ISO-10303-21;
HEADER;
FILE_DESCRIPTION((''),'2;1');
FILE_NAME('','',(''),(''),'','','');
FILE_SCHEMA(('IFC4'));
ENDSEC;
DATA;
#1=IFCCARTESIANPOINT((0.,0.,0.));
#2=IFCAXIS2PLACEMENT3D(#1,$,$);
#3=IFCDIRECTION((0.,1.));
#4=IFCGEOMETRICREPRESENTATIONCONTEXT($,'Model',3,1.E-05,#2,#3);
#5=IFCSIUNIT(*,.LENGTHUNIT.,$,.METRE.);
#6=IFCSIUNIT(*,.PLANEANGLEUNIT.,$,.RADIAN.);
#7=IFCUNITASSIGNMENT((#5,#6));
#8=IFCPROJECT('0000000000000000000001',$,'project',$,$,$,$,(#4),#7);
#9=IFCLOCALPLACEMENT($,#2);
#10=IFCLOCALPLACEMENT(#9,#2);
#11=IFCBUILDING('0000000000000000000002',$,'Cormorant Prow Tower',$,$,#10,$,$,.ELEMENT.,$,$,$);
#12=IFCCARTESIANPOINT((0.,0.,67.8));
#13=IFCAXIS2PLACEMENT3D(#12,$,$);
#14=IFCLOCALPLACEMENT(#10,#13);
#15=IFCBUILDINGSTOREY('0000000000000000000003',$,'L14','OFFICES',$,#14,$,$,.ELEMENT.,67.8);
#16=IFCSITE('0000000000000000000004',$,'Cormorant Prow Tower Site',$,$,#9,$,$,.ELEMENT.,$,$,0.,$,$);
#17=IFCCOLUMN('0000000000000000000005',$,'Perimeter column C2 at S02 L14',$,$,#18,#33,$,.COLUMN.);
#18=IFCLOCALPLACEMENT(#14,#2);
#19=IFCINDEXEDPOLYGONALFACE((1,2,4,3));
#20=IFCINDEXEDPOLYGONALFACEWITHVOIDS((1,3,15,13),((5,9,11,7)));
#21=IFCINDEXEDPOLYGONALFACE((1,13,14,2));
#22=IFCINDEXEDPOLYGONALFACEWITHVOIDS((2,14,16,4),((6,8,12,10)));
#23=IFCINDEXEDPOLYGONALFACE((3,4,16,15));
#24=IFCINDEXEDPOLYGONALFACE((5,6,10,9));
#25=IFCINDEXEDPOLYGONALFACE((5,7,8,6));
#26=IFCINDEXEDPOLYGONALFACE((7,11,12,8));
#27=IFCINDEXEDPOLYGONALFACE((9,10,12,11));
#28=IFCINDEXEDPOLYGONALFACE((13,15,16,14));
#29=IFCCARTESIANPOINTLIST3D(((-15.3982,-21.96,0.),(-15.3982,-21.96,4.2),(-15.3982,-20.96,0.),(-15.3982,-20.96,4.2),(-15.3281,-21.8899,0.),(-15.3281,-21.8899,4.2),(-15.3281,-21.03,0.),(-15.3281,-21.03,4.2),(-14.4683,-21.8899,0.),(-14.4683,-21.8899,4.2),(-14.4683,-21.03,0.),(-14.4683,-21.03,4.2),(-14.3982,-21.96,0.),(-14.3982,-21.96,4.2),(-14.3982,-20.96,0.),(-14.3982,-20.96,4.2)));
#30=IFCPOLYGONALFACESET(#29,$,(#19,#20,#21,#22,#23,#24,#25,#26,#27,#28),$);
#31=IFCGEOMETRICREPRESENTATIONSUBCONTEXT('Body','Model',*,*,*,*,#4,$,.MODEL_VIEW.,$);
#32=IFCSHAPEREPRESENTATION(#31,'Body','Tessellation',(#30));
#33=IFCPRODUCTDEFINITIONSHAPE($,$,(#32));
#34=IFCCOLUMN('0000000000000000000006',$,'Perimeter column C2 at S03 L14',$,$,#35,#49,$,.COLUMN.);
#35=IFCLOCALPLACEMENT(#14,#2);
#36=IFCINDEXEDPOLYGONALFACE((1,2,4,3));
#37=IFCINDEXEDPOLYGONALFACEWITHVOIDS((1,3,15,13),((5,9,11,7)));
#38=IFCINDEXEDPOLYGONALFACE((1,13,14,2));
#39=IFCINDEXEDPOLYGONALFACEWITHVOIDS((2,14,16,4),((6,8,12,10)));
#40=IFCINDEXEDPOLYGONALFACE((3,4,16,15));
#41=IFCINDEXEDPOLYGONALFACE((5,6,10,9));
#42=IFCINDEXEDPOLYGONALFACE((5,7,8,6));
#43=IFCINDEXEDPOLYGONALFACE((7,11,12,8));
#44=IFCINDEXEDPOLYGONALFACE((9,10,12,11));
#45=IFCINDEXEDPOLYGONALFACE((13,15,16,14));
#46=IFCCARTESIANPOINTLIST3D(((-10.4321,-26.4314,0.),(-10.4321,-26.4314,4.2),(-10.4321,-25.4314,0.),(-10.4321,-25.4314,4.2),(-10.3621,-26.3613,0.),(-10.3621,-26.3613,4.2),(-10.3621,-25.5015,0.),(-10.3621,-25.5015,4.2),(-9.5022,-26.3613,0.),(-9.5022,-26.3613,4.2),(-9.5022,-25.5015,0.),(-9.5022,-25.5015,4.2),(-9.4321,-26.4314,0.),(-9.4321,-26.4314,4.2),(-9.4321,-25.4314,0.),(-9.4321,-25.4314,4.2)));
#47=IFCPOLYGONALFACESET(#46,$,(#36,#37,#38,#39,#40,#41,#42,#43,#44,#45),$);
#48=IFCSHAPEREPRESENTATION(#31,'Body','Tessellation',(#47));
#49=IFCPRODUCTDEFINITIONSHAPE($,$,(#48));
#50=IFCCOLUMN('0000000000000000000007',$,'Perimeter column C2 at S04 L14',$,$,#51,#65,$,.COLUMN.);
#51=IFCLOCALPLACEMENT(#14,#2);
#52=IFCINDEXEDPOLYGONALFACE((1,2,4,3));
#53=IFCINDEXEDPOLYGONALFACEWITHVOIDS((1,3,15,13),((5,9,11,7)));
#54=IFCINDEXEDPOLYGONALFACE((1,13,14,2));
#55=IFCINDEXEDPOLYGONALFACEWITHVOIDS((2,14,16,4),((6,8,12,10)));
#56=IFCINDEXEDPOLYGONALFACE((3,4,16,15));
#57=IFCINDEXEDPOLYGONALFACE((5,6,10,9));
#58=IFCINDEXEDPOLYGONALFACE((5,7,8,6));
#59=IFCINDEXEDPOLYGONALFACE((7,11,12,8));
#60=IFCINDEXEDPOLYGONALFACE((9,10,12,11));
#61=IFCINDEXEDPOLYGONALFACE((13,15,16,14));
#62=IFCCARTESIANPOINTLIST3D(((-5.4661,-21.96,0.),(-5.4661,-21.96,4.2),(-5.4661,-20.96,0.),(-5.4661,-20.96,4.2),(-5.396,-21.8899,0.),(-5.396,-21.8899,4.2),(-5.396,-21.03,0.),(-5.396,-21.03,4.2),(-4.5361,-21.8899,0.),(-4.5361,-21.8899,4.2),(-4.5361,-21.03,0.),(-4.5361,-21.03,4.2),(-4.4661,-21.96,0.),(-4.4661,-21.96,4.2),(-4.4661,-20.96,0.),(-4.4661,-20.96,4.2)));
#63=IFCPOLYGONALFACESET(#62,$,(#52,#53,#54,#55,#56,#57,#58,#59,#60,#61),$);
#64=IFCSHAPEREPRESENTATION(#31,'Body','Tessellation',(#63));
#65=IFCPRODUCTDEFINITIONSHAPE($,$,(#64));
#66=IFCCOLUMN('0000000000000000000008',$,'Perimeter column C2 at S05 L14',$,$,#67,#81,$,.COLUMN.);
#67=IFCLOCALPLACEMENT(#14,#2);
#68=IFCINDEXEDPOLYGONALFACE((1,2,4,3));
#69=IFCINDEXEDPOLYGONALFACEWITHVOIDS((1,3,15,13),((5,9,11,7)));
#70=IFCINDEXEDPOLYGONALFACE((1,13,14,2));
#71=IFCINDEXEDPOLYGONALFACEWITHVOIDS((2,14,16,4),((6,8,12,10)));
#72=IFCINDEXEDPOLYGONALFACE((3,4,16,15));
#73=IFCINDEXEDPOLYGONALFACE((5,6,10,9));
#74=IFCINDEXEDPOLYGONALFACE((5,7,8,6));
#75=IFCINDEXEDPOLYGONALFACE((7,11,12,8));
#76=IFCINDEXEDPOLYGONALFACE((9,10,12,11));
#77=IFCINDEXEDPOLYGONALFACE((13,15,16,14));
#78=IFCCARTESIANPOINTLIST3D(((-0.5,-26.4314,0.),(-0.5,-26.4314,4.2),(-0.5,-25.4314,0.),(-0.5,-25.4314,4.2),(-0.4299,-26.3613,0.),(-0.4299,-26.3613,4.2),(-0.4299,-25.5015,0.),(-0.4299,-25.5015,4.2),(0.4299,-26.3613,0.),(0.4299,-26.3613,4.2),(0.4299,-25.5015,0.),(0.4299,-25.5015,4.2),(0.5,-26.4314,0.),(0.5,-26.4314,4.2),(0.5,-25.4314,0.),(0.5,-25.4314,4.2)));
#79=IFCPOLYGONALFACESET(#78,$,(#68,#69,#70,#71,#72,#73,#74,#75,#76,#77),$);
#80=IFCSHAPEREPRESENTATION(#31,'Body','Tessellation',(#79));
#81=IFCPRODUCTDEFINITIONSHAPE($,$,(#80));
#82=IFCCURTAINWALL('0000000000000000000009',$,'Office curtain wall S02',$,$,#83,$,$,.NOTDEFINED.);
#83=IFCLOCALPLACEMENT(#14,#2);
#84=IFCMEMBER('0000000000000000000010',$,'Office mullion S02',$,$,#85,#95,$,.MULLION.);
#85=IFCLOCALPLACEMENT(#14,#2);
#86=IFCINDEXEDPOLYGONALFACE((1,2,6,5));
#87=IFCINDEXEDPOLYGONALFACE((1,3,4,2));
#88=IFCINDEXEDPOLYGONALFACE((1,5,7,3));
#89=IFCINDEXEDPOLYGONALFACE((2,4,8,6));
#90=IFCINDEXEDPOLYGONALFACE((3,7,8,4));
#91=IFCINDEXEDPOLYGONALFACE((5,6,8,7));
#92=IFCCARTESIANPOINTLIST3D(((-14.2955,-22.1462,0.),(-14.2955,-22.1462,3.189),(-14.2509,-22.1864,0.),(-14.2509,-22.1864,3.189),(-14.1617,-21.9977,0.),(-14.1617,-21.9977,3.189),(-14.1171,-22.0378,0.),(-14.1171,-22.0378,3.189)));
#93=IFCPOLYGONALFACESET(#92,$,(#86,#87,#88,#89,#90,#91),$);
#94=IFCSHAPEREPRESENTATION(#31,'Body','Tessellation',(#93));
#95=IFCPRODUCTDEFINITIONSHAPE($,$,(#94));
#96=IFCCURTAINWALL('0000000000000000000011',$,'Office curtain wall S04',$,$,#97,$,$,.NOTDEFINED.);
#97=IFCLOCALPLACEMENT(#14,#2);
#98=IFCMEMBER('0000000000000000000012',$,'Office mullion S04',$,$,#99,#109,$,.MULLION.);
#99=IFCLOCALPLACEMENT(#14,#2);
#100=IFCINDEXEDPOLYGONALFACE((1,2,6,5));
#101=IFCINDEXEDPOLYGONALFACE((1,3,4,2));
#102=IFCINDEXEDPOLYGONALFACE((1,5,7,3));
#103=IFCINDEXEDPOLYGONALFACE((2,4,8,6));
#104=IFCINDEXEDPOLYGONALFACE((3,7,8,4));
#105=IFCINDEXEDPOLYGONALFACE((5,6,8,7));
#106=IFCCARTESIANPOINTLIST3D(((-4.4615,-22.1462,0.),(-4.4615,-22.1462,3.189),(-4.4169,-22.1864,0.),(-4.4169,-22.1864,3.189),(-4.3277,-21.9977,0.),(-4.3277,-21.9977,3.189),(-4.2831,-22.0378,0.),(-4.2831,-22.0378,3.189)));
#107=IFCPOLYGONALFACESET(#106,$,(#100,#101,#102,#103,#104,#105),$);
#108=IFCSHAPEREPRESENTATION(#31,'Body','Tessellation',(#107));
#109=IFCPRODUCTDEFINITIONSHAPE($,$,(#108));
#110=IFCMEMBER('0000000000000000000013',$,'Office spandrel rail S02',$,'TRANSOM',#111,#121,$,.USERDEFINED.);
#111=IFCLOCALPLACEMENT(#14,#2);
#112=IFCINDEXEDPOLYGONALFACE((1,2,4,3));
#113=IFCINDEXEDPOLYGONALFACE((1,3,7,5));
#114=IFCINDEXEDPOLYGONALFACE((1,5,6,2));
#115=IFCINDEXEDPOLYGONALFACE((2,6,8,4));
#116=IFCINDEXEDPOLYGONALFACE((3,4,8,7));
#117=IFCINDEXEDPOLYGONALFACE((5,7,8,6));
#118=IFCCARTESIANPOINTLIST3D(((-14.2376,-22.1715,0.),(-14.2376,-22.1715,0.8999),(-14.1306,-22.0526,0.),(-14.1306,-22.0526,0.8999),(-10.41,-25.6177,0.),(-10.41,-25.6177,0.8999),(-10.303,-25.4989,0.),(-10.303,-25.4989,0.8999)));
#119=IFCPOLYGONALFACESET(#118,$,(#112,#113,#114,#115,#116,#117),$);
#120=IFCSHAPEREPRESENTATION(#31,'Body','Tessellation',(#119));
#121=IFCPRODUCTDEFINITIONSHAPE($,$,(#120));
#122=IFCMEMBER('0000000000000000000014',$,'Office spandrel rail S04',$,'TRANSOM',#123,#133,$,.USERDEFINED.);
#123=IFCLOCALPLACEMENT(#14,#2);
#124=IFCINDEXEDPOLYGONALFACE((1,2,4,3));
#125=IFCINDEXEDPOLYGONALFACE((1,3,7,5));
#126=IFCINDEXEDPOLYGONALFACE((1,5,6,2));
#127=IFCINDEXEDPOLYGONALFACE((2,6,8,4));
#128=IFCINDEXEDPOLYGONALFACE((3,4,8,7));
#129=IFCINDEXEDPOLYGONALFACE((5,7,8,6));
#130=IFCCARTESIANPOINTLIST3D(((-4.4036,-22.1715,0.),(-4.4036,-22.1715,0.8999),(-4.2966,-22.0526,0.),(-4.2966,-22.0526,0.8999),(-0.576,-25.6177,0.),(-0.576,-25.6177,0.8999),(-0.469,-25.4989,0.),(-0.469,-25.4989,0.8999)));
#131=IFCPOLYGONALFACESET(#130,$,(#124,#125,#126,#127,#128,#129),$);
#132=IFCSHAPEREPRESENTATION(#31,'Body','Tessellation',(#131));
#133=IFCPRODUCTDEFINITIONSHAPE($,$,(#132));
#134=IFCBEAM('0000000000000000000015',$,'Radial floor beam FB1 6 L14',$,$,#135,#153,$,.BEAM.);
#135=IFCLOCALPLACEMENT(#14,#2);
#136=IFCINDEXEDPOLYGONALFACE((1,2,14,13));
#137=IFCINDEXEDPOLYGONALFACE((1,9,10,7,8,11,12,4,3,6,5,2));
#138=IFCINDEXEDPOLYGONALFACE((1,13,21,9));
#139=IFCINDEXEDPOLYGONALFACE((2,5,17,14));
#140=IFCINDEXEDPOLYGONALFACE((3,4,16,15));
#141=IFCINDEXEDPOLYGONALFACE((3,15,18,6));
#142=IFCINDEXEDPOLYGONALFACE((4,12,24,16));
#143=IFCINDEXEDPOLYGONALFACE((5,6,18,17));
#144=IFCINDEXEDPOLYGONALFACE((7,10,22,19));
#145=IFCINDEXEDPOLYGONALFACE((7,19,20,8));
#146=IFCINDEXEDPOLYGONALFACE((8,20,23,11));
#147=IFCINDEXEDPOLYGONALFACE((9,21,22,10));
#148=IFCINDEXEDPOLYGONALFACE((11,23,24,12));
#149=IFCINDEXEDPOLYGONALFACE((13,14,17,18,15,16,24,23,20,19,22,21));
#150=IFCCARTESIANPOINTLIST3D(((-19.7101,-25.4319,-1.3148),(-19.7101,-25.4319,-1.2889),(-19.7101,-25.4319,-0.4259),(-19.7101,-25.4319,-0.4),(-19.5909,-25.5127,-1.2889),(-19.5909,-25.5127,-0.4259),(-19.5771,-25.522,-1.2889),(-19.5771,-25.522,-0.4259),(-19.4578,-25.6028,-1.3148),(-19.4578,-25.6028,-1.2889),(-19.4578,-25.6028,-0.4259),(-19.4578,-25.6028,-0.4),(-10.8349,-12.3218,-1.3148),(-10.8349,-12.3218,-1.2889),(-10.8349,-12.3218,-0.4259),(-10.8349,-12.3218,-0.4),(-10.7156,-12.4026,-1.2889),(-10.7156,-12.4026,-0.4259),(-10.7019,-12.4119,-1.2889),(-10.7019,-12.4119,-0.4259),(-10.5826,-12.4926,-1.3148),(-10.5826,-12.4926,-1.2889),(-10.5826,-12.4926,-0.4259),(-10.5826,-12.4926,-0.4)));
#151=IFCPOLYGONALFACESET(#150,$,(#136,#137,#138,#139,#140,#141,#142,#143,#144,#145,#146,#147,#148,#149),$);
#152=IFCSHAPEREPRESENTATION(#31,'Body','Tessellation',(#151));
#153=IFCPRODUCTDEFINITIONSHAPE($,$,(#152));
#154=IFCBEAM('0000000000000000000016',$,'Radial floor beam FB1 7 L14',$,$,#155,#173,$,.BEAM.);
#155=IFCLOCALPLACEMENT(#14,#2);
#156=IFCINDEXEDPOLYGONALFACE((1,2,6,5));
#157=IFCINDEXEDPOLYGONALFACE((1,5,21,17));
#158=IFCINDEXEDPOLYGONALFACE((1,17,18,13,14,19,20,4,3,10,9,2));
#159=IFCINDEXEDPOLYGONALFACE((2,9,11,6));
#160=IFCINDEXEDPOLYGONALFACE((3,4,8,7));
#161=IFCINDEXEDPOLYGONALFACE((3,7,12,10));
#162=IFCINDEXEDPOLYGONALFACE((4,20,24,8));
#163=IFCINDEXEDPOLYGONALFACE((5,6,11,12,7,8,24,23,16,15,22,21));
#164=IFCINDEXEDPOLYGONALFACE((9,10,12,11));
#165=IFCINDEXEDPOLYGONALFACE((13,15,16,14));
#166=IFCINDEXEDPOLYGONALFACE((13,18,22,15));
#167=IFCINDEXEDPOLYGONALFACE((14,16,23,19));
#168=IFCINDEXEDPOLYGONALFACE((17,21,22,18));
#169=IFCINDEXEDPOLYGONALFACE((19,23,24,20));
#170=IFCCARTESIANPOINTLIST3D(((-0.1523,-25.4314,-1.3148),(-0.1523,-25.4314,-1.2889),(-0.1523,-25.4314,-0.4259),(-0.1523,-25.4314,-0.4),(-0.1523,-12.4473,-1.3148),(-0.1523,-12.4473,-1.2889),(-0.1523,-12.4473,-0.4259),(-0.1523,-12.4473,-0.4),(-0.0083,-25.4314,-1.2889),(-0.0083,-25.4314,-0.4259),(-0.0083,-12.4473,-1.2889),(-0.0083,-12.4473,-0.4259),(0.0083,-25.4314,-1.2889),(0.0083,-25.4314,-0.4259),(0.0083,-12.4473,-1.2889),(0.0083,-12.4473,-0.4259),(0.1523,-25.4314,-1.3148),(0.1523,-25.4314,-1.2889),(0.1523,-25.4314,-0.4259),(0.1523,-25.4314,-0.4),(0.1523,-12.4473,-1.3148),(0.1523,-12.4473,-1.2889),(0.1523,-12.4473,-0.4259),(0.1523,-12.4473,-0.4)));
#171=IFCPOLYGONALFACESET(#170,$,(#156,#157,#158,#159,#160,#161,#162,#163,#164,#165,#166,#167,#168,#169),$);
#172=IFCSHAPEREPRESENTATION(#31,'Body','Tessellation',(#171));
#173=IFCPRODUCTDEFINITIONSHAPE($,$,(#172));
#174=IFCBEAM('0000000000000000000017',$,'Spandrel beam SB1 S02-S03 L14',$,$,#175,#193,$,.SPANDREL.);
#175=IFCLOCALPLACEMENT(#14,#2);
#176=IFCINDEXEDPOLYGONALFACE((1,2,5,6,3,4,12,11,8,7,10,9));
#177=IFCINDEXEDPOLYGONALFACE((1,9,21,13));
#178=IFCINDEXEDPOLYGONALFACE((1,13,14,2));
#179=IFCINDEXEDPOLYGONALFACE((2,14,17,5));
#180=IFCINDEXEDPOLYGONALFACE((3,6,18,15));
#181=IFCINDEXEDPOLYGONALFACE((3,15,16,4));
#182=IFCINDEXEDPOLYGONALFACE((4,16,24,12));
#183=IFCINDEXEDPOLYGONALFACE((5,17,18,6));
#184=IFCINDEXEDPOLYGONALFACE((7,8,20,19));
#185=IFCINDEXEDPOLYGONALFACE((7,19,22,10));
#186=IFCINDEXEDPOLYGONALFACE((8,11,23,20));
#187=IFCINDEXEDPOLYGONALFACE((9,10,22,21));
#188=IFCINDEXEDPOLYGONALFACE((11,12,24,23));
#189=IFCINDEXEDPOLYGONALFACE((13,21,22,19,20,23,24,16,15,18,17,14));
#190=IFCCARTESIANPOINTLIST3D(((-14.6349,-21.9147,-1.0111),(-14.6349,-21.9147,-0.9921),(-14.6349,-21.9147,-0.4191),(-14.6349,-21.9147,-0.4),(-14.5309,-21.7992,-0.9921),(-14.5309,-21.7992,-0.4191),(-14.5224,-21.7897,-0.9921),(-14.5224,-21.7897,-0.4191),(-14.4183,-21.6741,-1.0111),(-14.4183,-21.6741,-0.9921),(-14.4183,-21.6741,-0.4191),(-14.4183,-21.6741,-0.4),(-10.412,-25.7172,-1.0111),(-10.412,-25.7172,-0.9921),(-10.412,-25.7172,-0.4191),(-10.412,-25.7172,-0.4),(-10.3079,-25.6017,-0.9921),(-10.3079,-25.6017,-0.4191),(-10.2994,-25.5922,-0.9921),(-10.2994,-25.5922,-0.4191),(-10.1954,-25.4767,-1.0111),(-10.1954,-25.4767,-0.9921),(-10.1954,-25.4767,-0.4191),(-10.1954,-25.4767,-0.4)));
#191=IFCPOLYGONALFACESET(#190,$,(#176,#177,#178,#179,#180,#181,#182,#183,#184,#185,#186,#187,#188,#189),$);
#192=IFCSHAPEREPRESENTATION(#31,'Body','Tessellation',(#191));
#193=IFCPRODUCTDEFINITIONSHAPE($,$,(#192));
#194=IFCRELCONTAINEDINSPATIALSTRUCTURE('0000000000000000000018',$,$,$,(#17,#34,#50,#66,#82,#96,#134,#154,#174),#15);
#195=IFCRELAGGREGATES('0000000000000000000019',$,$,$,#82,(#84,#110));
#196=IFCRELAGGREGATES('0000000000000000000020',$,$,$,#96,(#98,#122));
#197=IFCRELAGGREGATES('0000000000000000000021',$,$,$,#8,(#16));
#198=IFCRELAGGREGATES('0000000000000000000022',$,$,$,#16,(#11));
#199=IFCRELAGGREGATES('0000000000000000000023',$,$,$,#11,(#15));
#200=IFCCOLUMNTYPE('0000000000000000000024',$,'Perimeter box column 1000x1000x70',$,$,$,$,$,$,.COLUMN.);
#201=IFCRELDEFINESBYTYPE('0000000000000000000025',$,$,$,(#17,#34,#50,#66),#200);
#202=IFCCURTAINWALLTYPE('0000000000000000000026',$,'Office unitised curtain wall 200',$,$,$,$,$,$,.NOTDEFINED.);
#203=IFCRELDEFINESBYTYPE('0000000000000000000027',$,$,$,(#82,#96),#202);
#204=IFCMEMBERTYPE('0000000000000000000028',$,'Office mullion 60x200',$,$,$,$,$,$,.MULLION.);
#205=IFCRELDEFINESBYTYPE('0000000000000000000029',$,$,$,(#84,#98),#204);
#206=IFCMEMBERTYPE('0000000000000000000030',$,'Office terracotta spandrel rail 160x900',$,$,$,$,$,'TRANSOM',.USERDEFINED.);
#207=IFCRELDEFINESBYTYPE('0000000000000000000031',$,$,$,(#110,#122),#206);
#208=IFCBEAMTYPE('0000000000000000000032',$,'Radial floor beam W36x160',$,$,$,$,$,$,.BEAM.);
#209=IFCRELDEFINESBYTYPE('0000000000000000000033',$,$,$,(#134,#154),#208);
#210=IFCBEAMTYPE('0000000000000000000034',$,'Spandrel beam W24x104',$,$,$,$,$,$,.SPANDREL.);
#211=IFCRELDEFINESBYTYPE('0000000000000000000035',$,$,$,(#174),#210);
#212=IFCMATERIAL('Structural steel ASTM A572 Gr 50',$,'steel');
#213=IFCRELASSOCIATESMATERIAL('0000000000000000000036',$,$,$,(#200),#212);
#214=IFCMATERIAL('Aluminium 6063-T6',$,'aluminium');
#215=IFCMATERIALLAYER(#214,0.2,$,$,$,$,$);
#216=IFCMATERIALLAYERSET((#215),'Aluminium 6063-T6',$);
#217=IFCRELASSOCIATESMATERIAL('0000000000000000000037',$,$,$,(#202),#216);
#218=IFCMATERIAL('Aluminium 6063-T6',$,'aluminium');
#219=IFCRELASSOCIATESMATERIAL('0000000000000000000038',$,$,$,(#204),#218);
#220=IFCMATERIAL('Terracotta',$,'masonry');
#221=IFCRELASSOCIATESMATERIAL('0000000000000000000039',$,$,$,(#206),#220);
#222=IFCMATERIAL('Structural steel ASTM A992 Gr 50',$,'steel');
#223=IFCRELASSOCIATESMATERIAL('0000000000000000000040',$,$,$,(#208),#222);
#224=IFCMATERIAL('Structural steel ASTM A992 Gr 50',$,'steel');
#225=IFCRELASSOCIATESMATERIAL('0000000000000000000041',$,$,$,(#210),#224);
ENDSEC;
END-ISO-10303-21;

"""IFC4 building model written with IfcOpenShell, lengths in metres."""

from ifc_helpers import new_model, si_unit, direction, frame, origin, origin_2d, place, context, subcontext, project, spatial, rectangle, hollow_rectangle, i_section, extrude, material, layer, layer_set, material_profile, profile_set, type_object, element, aggregate, save


model = new_model("IFC4")

# Units and contexts
model_context = context("Model", 3, precision=1e-05, world=origin(), true_north=direction((0.0, 1.0)))
body_context = subcontext(model_context, "Body", "Model", "MODEL_VIEW")
ifc_project = project(units=[si_unit("LENGTHUNIT", "METRE"), si_unit("PLANEANGLEUNIT", "RADIAN")], contexts=[model_context])

# Site, building, storey
site_placement = place(None, origin())
site = spatial("IfcSite", under=ifc_project, at=site_placement, Name="Cormorant Prow Tower Site", CompositionType="ELEMENT", RefElevation=0.0)
building_placement = place(site_placement, origin())
building = spatial("IfcBuilding", under=site, at=building_placement, Name="Cormorant Prow Tower", CompositionType="ELEMENT")
storey_placement = place(building_placement, frame((0.0, 0.0, 67.8)))
storey = spatial("IfcBuildingStorey", under=building, at=storey_placement, Name="L14", Description="OFFICES", CompositionType="ELEMENT", Elevation=67.8)

# Columns
ifc_material_1 = material(Name="Structural steel ASTM A572 Gr 50", Category="steel")
ifc_material_profile_1 = material_profile(ifc_material_1, hollow_rectangle(XDim=1.0, YDim=1.0, WallThickness=0.0701, at=origin_2d()), Name="Box 1000x1000x70")
ifc_profile_set_1 = profile_set([ifc_material_profile_1], Name="Structural steel ASTM A572 Gr 50")
column_type = type_object("IfcColumnType", Name="Perimeter box column 1000x1000x70", PredefinedType="COLUMN", material=ifc_profile_set_1)
for number, where, z_axis, x_axis, name in (
    (1, (-14.8982, -21.46, 0.0), (0.0, 0.0, 1.0), (1.0, 0.0, 0.0), "Perimeter column C2 at S02 L14"),
    (2, (-9.9321, -25.9314, 0.0), (0.0, 0.0, 1.0), (1.0, 0.0, 0.0), "Perimeter column C2 at S03 L14"),
    (3, (-4.9661, -21.46, 0.0), (0.0, 0.0, 1.0), (1.0, 0.0, 0.0), "Perimeter column C2 at S04 L14"),
    (4, (0.0, -25.9314, 0.0), (0.0, 0.0, 1.0), (1.0, 0.0, 0.0), "Perimeter column C2 at S05 L14"),
):
    element("IfcColumn", number, at=place(storey_placement, frame(where, z_axis=z_axis, x_axis=x_axis)), inside=storey, type_object=column_type, Name=name, PredefinedType="COLUMN", context=body_context, shape_type="SweptSolid", body=[
        extrude(hollow_rectangle(XDim=1.0, YDim=1.0, WallThickness=0.0701, at=origin_2d()), origin(), (0.0, 0.0, 1.0), 4.2),
    ])

# Curtain walls, members
ifc_material_2 = material(Name="Aluminium 6063-T6", Category="aluminium")
ifc_layer_1 = layer(ifc_material_2, 0.2)
ifc_layer_set_1 = layer_set([ifc_layer_1], Name="Aluminium 6063-T6")
curtain_wall_type = type_object("IfcCurtainWallType", Name="Office unitised curtain wall 200", PredefinedType="NOTDEFINED", material=ifc_layer_set_1)
curtain_wall_1_placement = place(storey_placement, origin())
curtain_wall_1 = element("IfcCurtainWall", 5, at=curtain_wall_1_placement, inside=storey, type_object=curtain_wall_type, Name="Office curtain wall S02", PredefinedType="NOTDEFINED")
ifc_material_3 = material(Name="Aluminium 6063-T6", Category="aluminium")
ifc_material_profile_2 = material_profile(ifc_material_3, rectangle(XDim=0.2, YDim=0.0601, at=origin_2d()), Name="Office mullion 60x200")
ifc_profile_set_2 = profile_set([ifc_material_profile_2], Name="Aluminium 6063-T6")
member_type_1 = type_object("IfcMemberType", Name="Office mullion 60x200", PredefinedType="MULLION", material=ifc_profile_set_2)
member_1_placement = place(storey_placement, frame((-14.2063, -22.092, 0.0), z_axis=(0.0, 0.0, 1.0), x_axis=(0.669131, 0.743145, 0.0)))
member_1 = element("IfcMember", 6, at=member_1_placement, type_object=member_type_1, Name="Office mullion S02", PredefinedType="MULLION", context=body_context, shape_type="SweptSolid", body=[
    extrude(rectangle(XDim=0.2, YDim=0.0601, at=origin_2d()), origin(), (0.0, 0.0, 1.0), 3.189),
])
curtain_wall_2_placement = place(storey_placement, origin())
curtain_wall_2 = element("IfcCurtainWall", 7, at=curtain_wall_2_placement, inside=storey, type_object=curtain_wall_type, Name="Office curtain wall S04", PredefinedType="NOTDEFINED")
member_2_placement = place(storey_placement, frame((-4.3723, -22.092, 0.0), z_axis=(0.0, 0.0, 1.0), x_axis=(0.669131, 0.743145, 0.0)))
member_2 = element("IfcMember", 8, at=member_2_placement, type_object=member_type_1, Name="Office mullion S04", PredefinedType="MULLION", context=body_context, shape_type="SweptSolid", body=[
    extrude(rectangle(XDim=0.2, YDim=0.0601, at=origin_2d()), origin(), (0.0, 0.0, 1.0), 3.189),
])

# Members
ifc_material_4 = material(Name="Terracotta", Category="masonry")
ifc_material_profile_3 = material_profile(ifc_material_4, rectangle(XDim=0.1599, YDim=0.8999, at=origin_2d()), Name="Office terracotta spandrel rail 160x900")
ifc_profile_set_3 = profile_set([ifc_material_profile_3], Name="Terracotta")
member_type_2 = type_object("IfcMemberType", Name="Office terracotta spandrel rail 160x900", ElementType="TRANSOM", PredefinedType="USERDEFINED", material=ifc_profile_set_3)
member_3_placement = place(storey_placement, frame((-14.1841, -22.1121, 0.45), z_axis=(0.743157, -0.669117, 0.0), x_axis=(0.669117, 0.743157, 0.0)))
member_3 = element("IfcMember", 9, at=member_3_placement, type_object=member_type_2, Name="Office spandrel rail S02", ObjectType="TRANSOM", PredefinedType="USERDEFINED", context=body_context, shape_type="SweptSolid", body=[
    extrude(rectangle(XDim=0.1599, YDim=0.8999, at=origin_2d()), origin(), (0.0, 0.0, 1.0), 5.1504),
])
member_4_placement = place(storey_placement, frame((-4.3501, -22.1121, 0.45), z_axis=(0.743157, -0.669117, 0.0), x_axis=(0.669117, 0.743157, 0.0)))
member_4 = element("IfcMember", 10, at=member_4_placement, type_object=member_type_2, Name="Office spandrel rail S04", ObjectType="TRANSOM", PredefinedType="USERDEFINED", context=body_context, shape_type="SweptSolid", body=[
    extrude(rectangle(XDim=0.1599, YDim=0.8999, at=origin_2d()), origin(), (0.0, 0.0, 1.0), 5.1504),
])

# Beams
ifc_material_5 = material(Name="Structural steel ASTM A992 Gr 50", Category="steel")
ifc_material_profile_4 = material_profile(ifc_material_5, i_section(OverallWidth=0.3047, OverallDepth=0.9148, WebThickness=0.0166, FlangeThickness=0.0259, at=origin_2d()), Name="W36x160")
ifc_profile_set_4 = profile_set([ifc_material_profile_4], Name="Structural steel ASTM A992 Gr 50")
beam_type_1 = type_object("IfcBeamType", Name="Radial floor beam W36x160", PredefinedType="BEAM", material=ifc_profile_set_4)
beam_1_placement = place(storey_placement, frame((-10.7087, -12.4072, -0.8574), z_axis=(-0.560597, -0.828089, 0.0), x_axis=(0.828089, -0.560597, 0.0)))
element("IfcBeam", 11, at=beam_1_placement, inside=storey, type_object=beam_type_1, Name="Radial floor beam FB1 6 L14", PredefinedType="BEAM", context=body_context, shape_type="SweptSolid", body=[
    extrude(i_section(OverallWidth=0.3047, OverallDepth=0.9148, WebThickness=0.0166, FlangeThickness=0.0259, at=origin_2d()), origin(), (0.0, 0.0, 1.0), 15.8318),
])
beam_2_placement = place(storey_placement, frame((0.0, -12.4473, -0.8574), z_axis=(0.0, -1.0, 0.0), x_axis=(1.0, 0.0, 0.0)))
element("IfcBeam", 12, at=beam_2_placement, inside=storey, type_object=beam_type_1, Name="Radial floor beam FB1 7 L14", PredefinedType="BEAM", context=body_context, shape_type="SweptSolid", body=[
    extrude(i_section(OverallWidth=0.3047, OverallDepth=0.9148, WebThickness=0.0166, FlangeThickness=0.0259, at=origin_2d()), origin(), (0.0, 0.0, 1.0), 12.9841),
])
ifc_material_6 = material(Name="Structural steel ASTM A992 Gr 50", Category="steel")
ifc_material_profile_5 = material_profile(ifc_material_6, i_section(OverallWidth=0.3237, OverallDepth=0.6111, WebThickness=0.0127, FlangeThickness=0.019, at=origin_2d()), Name="W24x104")
ifc_profile_set_5 = profile_set([ifc_material_profile_5], Name="Structural steel ASTM A992 Gr 50")
beam_type_2 = type_object("IfcBeamType", Name="Spandrel beam W24x104", PredefinedType="SPANDREL", material=ifc_profile_set_5)
for number, where, z_axis, x_axis, name in (
    (13, (-14.5266, -21.7944, -0.7056), (0.74313, -0.669147, 0.0), (0.669147, 0.74313, 0.0), "Spandrel beam SB1 S02-S03 L14"),
):
    element("IfcBeam", number, at=place(storey_placement, frame(where, z_axis=z_axis, x_axis=x_axis)), inside=storey, type_object=beam_type_2, Name=name, PredefinedType="SPANDREL", context=body_context, shape_type="SweptSolid", body=[
        extrude(i_section(OverallWidth=0.3237, OverallDepth=0.6111, WebThickness=0.0127, FlangeThickness=0.019, at=origin_2d()), origin(), (0.0, 0.0, 1.0), 5.6826),
    ])

aggregate(curtain_wall_1, [member_1, member_3])
aggregate(curtain_wall_2, [member_2, member_4])

save(model, "model.ifc")
